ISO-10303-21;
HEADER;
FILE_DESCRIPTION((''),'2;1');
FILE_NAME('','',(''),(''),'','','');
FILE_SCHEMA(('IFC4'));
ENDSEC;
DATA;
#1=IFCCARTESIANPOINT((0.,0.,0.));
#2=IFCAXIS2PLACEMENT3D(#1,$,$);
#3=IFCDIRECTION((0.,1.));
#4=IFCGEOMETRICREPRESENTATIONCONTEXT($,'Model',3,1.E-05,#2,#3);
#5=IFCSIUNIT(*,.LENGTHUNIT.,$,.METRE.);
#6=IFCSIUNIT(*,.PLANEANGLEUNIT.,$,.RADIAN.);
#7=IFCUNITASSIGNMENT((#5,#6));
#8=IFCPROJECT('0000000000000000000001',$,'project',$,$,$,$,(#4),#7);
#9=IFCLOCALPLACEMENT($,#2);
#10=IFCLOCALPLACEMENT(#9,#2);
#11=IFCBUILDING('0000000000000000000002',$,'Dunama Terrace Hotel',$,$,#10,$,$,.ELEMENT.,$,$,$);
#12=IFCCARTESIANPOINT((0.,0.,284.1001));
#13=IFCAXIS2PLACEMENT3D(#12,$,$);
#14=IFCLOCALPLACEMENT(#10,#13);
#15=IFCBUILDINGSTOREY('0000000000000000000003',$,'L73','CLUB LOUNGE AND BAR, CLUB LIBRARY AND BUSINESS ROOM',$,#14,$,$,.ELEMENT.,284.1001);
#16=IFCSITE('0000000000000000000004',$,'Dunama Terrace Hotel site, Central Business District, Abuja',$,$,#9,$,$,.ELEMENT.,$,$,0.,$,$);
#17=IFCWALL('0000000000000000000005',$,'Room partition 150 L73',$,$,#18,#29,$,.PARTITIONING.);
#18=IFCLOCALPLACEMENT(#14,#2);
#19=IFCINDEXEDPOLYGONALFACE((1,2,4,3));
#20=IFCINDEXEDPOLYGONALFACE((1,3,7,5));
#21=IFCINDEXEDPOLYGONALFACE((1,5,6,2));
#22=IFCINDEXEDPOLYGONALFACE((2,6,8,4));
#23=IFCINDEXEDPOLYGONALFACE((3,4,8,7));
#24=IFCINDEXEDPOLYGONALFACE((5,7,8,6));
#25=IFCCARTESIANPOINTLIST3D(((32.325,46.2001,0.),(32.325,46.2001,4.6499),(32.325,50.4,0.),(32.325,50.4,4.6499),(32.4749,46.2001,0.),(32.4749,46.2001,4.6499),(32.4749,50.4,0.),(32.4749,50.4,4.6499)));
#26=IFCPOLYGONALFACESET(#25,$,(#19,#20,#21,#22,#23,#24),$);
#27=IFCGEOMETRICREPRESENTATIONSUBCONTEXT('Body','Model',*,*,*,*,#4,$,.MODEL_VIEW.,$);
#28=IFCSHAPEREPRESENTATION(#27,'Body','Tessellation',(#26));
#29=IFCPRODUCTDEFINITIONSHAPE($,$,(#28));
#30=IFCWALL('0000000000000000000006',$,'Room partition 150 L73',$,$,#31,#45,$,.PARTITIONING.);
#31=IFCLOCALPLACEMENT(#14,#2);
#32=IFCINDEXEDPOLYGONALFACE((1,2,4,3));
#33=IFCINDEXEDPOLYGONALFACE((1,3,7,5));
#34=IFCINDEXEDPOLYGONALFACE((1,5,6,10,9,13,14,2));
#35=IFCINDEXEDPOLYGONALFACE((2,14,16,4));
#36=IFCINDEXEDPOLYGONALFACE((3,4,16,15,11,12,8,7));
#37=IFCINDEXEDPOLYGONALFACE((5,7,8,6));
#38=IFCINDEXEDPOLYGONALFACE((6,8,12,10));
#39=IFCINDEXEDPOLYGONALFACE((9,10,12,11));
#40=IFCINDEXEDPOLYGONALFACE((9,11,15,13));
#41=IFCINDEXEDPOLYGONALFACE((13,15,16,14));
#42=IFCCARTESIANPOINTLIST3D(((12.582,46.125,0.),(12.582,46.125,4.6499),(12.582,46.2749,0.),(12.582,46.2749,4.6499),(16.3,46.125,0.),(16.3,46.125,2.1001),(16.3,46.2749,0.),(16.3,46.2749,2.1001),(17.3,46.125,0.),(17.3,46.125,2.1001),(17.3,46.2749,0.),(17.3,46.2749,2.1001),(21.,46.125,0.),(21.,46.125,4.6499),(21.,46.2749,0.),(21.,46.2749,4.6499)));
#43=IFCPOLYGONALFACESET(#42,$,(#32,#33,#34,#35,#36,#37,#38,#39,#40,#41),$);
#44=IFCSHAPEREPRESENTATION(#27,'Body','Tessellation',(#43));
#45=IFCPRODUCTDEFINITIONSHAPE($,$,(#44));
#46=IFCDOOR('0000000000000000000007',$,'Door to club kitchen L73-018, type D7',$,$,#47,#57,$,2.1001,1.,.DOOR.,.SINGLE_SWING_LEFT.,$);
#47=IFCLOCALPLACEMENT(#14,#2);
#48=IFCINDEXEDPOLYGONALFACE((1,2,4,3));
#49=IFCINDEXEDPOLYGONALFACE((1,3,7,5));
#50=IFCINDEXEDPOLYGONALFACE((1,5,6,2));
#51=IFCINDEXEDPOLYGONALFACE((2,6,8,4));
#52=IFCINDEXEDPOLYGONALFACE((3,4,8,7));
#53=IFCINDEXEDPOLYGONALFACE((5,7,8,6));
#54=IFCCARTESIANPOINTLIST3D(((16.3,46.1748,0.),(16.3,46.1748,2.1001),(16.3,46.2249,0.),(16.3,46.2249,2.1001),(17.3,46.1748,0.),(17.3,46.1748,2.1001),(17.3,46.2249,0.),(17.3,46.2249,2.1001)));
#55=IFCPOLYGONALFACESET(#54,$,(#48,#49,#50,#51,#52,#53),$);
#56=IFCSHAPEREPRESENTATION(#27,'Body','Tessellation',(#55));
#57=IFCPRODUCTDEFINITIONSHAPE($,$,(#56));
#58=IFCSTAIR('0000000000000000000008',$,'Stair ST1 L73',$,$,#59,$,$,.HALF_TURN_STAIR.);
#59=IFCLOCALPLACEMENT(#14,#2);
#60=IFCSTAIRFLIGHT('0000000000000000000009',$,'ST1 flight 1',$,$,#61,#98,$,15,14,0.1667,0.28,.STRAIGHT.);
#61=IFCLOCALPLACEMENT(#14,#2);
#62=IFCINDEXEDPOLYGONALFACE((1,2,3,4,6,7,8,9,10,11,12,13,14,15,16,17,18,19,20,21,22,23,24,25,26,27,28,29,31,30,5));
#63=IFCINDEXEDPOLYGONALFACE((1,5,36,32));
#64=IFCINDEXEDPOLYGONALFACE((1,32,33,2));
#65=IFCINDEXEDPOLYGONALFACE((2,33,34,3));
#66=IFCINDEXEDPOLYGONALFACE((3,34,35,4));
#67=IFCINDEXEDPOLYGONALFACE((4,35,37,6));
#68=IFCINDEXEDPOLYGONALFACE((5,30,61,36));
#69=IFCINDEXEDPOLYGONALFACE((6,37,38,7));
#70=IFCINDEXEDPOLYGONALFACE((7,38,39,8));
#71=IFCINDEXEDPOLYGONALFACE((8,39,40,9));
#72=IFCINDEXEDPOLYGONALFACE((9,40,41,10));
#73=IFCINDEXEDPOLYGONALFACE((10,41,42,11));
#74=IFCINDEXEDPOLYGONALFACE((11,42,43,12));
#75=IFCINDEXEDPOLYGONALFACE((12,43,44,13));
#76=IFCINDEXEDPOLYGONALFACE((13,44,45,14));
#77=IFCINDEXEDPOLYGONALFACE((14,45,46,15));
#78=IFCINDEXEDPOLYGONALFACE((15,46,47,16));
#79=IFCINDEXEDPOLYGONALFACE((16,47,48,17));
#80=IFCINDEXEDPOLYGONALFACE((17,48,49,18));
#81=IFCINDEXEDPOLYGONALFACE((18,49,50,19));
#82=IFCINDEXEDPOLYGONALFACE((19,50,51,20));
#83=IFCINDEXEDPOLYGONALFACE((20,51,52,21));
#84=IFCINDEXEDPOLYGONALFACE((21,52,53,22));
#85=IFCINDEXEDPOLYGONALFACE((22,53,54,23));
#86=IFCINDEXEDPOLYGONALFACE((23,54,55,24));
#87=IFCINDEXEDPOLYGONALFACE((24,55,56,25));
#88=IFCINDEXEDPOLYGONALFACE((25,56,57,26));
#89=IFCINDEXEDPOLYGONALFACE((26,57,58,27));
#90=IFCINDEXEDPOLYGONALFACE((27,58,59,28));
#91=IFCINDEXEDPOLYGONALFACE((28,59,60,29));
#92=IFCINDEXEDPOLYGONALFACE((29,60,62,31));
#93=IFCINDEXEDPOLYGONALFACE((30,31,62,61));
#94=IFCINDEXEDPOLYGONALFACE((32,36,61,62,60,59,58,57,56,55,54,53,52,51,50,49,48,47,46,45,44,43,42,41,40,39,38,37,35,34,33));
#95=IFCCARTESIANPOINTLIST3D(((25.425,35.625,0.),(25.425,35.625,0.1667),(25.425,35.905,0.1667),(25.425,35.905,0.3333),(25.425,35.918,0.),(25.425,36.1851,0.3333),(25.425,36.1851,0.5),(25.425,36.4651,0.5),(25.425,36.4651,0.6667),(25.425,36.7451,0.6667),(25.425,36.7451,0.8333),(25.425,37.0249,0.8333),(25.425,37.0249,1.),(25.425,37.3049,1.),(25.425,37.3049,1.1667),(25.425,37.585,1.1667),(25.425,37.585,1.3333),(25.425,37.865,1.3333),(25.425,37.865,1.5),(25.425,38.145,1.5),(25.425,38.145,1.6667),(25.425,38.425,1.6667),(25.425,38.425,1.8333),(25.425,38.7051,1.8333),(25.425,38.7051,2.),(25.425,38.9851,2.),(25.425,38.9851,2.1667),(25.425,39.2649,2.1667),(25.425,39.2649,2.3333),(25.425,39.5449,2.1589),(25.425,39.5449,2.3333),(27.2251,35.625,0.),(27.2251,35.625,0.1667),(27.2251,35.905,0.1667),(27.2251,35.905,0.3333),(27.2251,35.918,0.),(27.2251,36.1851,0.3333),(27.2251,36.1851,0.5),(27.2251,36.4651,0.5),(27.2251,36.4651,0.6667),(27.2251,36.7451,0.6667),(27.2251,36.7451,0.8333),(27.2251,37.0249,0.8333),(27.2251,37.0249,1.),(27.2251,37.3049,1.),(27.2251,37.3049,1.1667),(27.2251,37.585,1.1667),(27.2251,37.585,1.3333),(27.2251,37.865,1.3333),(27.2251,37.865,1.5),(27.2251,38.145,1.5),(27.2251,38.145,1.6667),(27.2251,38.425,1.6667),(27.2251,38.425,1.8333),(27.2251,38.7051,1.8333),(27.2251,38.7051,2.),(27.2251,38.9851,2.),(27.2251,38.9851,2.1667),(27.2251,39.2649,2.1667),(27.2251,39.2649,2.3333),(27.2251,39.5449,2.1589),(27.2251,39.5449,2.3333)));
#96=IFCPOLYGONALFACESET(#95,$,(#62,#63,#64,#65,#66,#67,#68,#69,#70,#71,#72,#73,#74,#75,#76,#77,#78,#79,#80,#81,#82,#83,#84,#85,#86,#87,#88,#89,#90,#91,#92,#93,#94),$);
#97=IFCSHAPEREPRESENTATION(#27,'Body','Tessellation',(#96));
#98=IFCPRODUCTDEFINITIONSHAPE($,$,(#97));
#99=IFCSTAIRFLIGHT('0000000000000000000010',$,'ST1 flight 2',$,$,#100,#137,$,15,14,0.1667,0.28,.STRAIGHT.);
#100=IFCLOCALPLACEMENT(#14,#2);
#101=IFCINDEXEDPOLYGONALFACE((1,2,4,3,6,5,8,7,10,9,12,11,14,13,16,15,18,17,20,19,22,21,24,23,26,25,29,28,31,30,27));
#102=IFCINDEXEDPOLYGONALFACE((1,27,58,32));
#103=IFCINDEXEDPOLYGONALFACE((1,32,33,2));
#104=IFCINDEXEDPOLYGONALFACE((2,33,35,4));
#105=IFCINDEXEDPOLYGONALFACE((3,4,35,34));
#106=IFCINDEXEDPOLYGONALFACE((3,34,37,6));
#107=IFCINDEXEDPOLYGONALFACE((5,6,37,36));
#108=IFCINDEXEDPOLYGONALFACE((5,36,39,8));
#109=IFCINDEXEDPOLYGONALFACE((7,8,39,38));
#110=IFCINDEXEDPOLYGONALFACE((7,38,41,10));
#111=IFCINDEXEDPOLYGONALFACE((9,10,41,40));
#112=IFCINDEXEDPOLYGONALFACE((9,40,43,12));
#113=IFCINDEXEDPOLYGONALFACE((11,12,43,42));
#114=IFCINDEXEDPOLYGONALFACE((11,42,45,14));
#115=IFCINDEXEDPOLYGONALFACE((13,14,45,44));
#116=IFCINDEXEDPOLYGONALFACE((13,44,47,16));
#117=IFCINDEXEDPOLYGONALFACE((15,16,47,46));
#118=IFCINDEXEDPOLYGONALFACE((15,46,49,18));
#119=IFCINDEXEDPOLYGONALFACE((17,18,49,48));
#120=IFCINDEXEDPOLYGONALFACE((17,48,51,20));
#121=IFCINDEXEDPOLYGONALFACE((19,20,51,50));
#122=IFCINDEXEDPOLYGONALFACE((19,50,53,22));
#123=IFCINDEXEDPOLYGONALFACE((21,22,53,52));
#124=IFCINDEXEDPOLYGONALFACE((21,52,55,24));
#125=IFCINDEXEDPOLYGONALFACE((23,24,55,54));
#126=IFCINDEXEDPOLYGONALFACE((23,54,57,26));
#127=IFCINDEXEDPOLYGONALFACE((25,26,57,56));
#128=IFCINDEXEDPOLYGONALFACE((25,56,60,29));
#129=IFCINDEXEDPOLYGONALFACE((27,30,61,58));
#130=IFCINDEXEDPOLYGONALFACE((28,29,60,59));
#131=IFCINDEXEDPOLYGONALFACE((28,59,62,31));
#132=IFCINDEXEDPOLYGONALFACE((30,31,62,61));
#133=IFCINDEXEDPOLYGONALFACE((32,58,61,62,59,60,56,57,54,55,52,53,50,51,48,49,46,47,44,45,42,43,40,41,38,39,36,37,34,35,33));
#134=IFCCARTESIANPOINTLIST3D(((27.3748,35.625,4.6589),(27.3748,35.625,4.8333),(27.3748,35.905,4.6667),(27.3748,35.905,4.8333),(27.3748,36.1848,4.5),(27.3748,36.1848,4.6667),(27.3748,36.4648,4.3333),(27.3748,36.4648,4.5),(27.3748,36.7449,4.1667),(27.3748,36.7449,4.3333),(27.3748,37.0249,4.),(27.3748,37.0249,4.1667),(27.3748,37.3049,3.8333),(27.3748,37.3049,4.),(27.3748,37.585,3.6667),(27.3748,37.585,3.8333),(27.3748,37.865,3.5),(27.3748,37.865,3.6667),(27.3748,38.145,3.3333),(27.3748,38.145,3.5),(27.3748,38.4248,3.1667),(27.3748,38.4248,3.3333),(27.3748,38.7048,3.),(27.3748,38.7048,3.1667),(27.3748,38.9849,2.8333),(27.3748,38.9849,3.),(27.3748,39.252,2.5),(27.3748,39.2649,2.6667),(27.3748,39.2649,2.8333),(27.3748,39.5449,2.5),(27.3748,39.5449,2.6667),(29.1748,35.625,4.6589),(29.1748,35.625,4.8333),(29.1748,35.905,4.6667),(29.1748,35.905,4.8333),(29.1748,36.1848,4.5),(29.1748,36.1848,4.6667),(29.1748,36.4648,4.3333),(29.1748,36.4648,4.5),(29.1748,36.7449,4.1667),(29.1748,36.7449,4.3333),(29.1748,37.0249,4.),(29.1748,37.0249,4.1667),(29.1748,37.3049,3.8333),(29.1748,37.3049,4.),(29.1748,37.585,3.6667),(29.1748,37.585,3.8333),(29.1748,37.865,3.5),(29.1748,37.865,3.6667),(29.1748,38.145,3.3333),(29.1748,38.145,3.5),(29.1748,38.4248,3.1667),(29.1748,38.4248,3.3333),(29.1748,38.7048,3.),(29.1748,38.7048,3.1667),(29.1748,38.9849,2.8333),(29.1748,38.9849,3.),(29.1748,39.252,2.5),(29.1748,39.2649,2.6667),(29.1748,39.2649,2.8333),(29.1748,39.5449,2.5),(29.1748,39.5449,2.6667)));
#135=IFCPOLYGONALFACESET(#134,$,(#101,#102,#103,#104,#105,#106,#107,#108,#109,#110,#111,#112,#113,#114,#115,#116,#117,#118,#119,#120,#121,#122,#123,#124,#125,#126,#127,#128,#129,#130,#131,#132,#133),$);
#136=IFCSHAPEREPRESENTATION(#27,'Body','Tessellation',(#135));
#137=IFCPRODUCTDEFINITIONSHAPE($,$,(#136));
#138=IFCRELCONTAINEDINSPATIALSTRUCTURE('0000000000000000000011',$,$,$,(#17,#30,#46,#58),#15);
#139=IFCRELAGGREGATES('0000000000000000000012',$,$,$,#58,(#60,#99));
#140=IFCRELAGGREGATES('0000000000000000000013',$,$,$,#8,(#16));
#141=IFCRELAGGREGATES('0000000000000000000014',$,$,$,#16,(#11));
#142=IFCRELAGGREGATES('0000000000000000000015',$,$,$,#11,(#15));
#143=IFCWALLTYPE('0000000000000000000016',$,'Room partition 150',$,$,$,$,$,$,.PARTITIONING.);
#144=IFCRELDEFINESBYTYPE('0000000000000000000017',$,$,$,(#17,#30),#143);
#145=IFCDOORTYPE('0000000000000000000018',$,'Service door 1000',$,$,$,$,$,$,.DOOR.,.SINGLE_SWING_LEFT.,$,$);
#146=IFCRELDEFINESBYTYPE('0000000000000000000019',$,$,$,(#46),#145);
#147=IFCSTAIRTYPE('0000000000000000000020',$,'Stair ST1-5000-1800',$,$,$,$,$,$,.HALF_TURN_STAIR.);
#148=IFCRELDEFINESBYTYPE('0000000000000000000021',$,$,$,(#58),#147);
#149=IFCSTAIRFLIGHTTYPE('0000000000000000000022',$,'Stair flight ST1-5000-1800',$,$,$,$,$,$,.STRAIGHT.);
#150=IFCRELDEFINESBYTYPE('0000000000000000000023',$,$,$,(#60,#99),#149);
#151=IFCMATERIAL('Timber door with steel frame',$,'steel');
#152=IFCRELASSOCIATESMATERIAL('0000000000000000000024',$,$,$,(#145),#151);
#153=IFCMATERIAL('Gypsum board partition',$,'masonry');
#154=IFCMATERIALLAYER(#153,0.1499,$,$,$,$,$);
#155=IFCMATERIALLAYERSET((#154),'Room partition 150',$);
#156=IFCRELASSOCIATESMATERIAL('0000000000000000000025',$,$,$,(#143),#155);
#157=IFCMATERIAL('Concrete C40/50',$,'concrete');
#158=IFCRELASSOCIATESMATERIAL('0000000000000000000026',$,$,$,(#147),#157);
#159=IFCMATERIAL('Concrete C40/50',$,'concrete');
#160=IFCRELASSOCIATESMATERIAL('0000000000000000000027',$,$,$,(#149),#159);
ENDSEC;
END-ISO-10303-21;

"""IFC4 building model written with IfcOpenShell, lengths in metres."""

from ifc_helpers import new_model, si_unit, direction, frame, frame_2d, origin, place, context, subcontext, project, spatial, polyline, rectangle, outline, extrude, material, layer, layer_set, type_object, element, fill, aggregate, save


model = new_model("IFC4")

# Units and contexts
model_context = context("Model", 3, precision=1e-05, world=origin(), true_north=direction((0.0, 1.0)))
body_context = subcontext(model_context, "Body", "Model", "MODEL_VIEW")
ifc_project = project(units=[si_unit("LENGTHUNIT", "METRE"), si_unit("PLANEANGLEUNIT", "RADIAN")], contexts=[model_context])

# Site, building, storey
site_placement = place(None, origin())
site = spatial("IfcSite", under=ifc_project, at=site_placement, Name="Dunama Terrace Hotel site, Central Business District, Abuja", CompositionType="ELEMENT", RefElevation=0.0)
building_placement = place(site_placement, origin())
building = spatial("IfcBuilding", under=site, at=building_placement, Name="Dunama Terrace Hotel", CompositionType="ELEMENT")
storey_placement = place(building_placement, frame((0.0, 0.0, 284.1001)))
storey = spatial("IfcBuildingStorey", under=building, at=storey_placement, Name="L73", Description="CLUB LOUNGE AND BAR, CLUB LIBRARY AND BUSINESS ROOM", CompositionType="ELEMENT", Elevation=284.1001)

# Shared definitions
ifc_material_1 = material(Name="Timber door with steel frame", Category="steel")
door_type_1 = type_object("IfcDoorType", Name="Service door 1000", OperationType="SINGLE_SWING_LEFT", PredefinedType="DOOR", material=ifc_material_1)

# Shared definitions
ifc_material_2 = material(Name="Gypsum board partition", Category="masonry")
ifc_layer_1 = layer(ifc_material_2, 0.1499)
ifc_layer_set_1 = layer_set([ifc_layer_1], Name="Room partition 150")
wall_type_1 = type_object("IfcWallType", Name="Room partition 150", PredefinedType="PARTITIONING", material=ifc_layer_set_1)

# Wall
for number, where, z_axis, x_axis, name in (
    (1, (32.3999, 46.2, 0.0), (0.0, 0.0, 1.0), (0.0, 1.0, 0.0), "Room partition 150 L73"),
):
    element("IfcWall", number, at=place(storey_placement, frame(where, z_axis=z_axis, x_axis=x_axis)), inside=storey, type_object=wall_type_1, Name=name, PredefinedType="PARTITIONING", context=body_context, shape_type="SweptSolid", body=[
        extrude(rectangle(XDim=4.2, YDim=0.1499, at=frame_2d((2.1001, 0.0))), origin(), (0.0, 0.0, 1.0), 4.6499),
    ])

# Wall, opening, door
wall_1_placement = place(storey_placement, frame((12.582, 46.2, 0.0), z_axis=(0.0, 0.0, 1.0), x_axis=(1.0, 0.0, 0.0)))
wall_1 = element("IfcWall", 2, at=wall_1_placement, inside=storey, type_object=wall_type_1, Name="Room partition 150 L73", PredefinedType="PARTITIONING", context=body_context, shape_type="SweptSolid", body=[
    extrude(rectangle(XDim=8.418, YDim=0.1499, at=frame_2d((4.209, 0.0))), origin(), (0.0, 0.0, 1.0), 4.6499),
])
opening_1_placement = place(wall_1_placement, frame((3.718, 0.0, 0.0)))
opening_1 = element("IfcOpeningElement", 3, at=opening_1_placement, cuts=wall_1, PredefinedType="OPENING", context=body_context, shape_type="SweptSolid", body=[
    extrude(rectangle(XDim=1.0, YDim=2.1001, at=frame_2d((0.5, 1.05))), frame((0.0, 0.085, 0.0), z_axis=(0.0, -1.0, 0.0), x_axis=(1.0, 0.0, 0.0)), (0.0, 0.0, 1.0), 0.1699),
])
door_1_placement = place(opening_1_placement, origin())
door_1 = element("IfcDoor", 4, at=door_1_placement, inside=storey, type_object=door_type_1, Name="Door to club kitchen L73-018, type D7", OperationType="SINGLE_SWING_LEFT", OverallHeight=2.1001, OverallWidth=1.0, PredefinedType="DOOR", context=body_context, shape_type="SweptSolid", body=[
    extrude(rectangle(XDim=1.0, YDim=2.1001, at=frame_2d((0.5, 1.05))), frame((0.0, 0.0249, 0.0), z_axis=(0.0, -1.0, 0.0), x_axis=(1.0, 0.0, 0.0)), (0.0, 0.0, 1.0), 0.05),
])
fill(opening_1, door_1)

# Stair, stair flights
ifc_material_3 = material(Name="Concrete C40/50", Category="concrete")
stair_type = type_object("IfcStairType", Name="Stair ST1-5000-1800", PredefinedType="HALF_TURN_STAIR", material=ifc_material_3)
stair_placement = place(storey_placement, origin())
stair = element("IfcStair", 5, at=stair_placement, inside=storey, type_object=stair_type, Name="Stair ST1 L73", PredefinedType="HALF_TURN_STAIR")
ifc_material_4 = material(Name="Concrete C40/50", Category="concrete")
stair_flight_type = type_object("IfcStairFlightType", Name="Stair flight ST1-5000-1800", PredefinedType="STRAIGHT", material=ifc_material_4)
stair_flight_1_placement = place(storey_placement, frame((26.325, 35.625, 0.0), z_axis=(0.0, 0.0, 1.0), x_axis=(0.0, 1.0, 0.0)))
stair_flight_1 = element("IfcStairFlight", 6, at=stair_flight_1_placement, type_object=stair_flight_type, Name="ST1 flight 1", NumberOfRisers=15, NumberOfTreads=14, PredefinedType="STRAIGHT", RiserHeight=0.1667, TreadLength=0.28, context=body_context, shape_type="SweptSolid", body=[
    extrude(outline(polyline([(0.0, 0.0), (0.0, 0.1667), (0.28, 0.1667), (0.28, 0.3333), (0.5601, 0.3333), (0.5601, 0.5), (0.8401, 0.5), (0.8401, 0.6667), (1.1201, 0.6667), (1.1201, 0.8333), (1.3999, 0.8333), (1.3999, 1.0), (1.6799, 1.0), (1.6799, 1.1667), (1.96, 1.1667), (1.96, 1.3333), (2.24, 1.3333), (2.24, 1.5), (2.52, 1.5), (2.52, 1.6667), (2.8, 1.6667), (2.8, 1.8333), (3.0801, 1.8333), (3.0801, 2.0), (3.3601, 2.0), (3.3601, 2.1667), (3.6399, 2.1667), (3.6399, 2.3333), (3.9199, 2.3333), (3.9199, 2.5), (3.9199, 2.1589), (0.293, 0.0), (0.0, 0.0)])), frame((0.0, 0.8999, 0.0), z_axis=(0.0, -1.0, 0.0), x_axis=(1.0, 0.0, 0.0)), (0.0, 0.0, 1.0), 1.8),
])
stair_flight_2_placement = place(storey_placement, frame((28.2749, 39.5449, 2.5), z_axis=(0.0, 0.0, 1.0), x_axis=(0.0, -1.0, 0.0)))
stair_flight_2 = element("IfcStairFlight", 7, at=stair_flight_2_placement, type_object=stair_flight_type, Name="ST1 flight 2", NumberOfRisers=15, NumberOfTreads=14, PredefinedType="STRAIGHT", RiserHeight=0.1667, TreadLength=0.28, context=body_context, shape_type="SweptSolid", body=[
    extrude(outline(polyline([(0.0, 0.0), (0.0, 0.1667), (0.28, 0.1667), (0.28, 0.3333), (0.5601, 0.3333), (0.5601, 0.5), (0.8401, 0.5), (0.8401, 0.6667), (1.1201, 0.6667), (1.1201, 0.8333), (1.3999, 0.8333), (1.3999, 1.0), (1.6799, 1.0), (1.6799, 1.1667), (1.96, 1.1667), (1.96, 1.3333), (2.24, 1.3333), (2.24, 1.5), (2.52, 1.5), (2.52, 1.6667), (2.8, 1.6667), (2.8, 1.8333), (3.0801, 1.8333), (3.0801, 2.0), (3.3601, 2.0), (3.3601, 2.1667), (3.6399, 2.1667), (3.6399, 2.3333), (3.9199, 2.3333), (3.9199, 2.5), (3.9199, 2.1589), (0.293, 0.0), (0.0, 0.0)])), frame((0.0, 0.8999, 0.0), z_axis=(0.0, -1.0, 0.0), x_axis=(1.0, 0.0, 0.0)), (0.0, 0.0, 1.0), 1.8),
])
aggregate(stair, [stair_flight_1, stair_flight_2])

save(model, "model.ifc")
